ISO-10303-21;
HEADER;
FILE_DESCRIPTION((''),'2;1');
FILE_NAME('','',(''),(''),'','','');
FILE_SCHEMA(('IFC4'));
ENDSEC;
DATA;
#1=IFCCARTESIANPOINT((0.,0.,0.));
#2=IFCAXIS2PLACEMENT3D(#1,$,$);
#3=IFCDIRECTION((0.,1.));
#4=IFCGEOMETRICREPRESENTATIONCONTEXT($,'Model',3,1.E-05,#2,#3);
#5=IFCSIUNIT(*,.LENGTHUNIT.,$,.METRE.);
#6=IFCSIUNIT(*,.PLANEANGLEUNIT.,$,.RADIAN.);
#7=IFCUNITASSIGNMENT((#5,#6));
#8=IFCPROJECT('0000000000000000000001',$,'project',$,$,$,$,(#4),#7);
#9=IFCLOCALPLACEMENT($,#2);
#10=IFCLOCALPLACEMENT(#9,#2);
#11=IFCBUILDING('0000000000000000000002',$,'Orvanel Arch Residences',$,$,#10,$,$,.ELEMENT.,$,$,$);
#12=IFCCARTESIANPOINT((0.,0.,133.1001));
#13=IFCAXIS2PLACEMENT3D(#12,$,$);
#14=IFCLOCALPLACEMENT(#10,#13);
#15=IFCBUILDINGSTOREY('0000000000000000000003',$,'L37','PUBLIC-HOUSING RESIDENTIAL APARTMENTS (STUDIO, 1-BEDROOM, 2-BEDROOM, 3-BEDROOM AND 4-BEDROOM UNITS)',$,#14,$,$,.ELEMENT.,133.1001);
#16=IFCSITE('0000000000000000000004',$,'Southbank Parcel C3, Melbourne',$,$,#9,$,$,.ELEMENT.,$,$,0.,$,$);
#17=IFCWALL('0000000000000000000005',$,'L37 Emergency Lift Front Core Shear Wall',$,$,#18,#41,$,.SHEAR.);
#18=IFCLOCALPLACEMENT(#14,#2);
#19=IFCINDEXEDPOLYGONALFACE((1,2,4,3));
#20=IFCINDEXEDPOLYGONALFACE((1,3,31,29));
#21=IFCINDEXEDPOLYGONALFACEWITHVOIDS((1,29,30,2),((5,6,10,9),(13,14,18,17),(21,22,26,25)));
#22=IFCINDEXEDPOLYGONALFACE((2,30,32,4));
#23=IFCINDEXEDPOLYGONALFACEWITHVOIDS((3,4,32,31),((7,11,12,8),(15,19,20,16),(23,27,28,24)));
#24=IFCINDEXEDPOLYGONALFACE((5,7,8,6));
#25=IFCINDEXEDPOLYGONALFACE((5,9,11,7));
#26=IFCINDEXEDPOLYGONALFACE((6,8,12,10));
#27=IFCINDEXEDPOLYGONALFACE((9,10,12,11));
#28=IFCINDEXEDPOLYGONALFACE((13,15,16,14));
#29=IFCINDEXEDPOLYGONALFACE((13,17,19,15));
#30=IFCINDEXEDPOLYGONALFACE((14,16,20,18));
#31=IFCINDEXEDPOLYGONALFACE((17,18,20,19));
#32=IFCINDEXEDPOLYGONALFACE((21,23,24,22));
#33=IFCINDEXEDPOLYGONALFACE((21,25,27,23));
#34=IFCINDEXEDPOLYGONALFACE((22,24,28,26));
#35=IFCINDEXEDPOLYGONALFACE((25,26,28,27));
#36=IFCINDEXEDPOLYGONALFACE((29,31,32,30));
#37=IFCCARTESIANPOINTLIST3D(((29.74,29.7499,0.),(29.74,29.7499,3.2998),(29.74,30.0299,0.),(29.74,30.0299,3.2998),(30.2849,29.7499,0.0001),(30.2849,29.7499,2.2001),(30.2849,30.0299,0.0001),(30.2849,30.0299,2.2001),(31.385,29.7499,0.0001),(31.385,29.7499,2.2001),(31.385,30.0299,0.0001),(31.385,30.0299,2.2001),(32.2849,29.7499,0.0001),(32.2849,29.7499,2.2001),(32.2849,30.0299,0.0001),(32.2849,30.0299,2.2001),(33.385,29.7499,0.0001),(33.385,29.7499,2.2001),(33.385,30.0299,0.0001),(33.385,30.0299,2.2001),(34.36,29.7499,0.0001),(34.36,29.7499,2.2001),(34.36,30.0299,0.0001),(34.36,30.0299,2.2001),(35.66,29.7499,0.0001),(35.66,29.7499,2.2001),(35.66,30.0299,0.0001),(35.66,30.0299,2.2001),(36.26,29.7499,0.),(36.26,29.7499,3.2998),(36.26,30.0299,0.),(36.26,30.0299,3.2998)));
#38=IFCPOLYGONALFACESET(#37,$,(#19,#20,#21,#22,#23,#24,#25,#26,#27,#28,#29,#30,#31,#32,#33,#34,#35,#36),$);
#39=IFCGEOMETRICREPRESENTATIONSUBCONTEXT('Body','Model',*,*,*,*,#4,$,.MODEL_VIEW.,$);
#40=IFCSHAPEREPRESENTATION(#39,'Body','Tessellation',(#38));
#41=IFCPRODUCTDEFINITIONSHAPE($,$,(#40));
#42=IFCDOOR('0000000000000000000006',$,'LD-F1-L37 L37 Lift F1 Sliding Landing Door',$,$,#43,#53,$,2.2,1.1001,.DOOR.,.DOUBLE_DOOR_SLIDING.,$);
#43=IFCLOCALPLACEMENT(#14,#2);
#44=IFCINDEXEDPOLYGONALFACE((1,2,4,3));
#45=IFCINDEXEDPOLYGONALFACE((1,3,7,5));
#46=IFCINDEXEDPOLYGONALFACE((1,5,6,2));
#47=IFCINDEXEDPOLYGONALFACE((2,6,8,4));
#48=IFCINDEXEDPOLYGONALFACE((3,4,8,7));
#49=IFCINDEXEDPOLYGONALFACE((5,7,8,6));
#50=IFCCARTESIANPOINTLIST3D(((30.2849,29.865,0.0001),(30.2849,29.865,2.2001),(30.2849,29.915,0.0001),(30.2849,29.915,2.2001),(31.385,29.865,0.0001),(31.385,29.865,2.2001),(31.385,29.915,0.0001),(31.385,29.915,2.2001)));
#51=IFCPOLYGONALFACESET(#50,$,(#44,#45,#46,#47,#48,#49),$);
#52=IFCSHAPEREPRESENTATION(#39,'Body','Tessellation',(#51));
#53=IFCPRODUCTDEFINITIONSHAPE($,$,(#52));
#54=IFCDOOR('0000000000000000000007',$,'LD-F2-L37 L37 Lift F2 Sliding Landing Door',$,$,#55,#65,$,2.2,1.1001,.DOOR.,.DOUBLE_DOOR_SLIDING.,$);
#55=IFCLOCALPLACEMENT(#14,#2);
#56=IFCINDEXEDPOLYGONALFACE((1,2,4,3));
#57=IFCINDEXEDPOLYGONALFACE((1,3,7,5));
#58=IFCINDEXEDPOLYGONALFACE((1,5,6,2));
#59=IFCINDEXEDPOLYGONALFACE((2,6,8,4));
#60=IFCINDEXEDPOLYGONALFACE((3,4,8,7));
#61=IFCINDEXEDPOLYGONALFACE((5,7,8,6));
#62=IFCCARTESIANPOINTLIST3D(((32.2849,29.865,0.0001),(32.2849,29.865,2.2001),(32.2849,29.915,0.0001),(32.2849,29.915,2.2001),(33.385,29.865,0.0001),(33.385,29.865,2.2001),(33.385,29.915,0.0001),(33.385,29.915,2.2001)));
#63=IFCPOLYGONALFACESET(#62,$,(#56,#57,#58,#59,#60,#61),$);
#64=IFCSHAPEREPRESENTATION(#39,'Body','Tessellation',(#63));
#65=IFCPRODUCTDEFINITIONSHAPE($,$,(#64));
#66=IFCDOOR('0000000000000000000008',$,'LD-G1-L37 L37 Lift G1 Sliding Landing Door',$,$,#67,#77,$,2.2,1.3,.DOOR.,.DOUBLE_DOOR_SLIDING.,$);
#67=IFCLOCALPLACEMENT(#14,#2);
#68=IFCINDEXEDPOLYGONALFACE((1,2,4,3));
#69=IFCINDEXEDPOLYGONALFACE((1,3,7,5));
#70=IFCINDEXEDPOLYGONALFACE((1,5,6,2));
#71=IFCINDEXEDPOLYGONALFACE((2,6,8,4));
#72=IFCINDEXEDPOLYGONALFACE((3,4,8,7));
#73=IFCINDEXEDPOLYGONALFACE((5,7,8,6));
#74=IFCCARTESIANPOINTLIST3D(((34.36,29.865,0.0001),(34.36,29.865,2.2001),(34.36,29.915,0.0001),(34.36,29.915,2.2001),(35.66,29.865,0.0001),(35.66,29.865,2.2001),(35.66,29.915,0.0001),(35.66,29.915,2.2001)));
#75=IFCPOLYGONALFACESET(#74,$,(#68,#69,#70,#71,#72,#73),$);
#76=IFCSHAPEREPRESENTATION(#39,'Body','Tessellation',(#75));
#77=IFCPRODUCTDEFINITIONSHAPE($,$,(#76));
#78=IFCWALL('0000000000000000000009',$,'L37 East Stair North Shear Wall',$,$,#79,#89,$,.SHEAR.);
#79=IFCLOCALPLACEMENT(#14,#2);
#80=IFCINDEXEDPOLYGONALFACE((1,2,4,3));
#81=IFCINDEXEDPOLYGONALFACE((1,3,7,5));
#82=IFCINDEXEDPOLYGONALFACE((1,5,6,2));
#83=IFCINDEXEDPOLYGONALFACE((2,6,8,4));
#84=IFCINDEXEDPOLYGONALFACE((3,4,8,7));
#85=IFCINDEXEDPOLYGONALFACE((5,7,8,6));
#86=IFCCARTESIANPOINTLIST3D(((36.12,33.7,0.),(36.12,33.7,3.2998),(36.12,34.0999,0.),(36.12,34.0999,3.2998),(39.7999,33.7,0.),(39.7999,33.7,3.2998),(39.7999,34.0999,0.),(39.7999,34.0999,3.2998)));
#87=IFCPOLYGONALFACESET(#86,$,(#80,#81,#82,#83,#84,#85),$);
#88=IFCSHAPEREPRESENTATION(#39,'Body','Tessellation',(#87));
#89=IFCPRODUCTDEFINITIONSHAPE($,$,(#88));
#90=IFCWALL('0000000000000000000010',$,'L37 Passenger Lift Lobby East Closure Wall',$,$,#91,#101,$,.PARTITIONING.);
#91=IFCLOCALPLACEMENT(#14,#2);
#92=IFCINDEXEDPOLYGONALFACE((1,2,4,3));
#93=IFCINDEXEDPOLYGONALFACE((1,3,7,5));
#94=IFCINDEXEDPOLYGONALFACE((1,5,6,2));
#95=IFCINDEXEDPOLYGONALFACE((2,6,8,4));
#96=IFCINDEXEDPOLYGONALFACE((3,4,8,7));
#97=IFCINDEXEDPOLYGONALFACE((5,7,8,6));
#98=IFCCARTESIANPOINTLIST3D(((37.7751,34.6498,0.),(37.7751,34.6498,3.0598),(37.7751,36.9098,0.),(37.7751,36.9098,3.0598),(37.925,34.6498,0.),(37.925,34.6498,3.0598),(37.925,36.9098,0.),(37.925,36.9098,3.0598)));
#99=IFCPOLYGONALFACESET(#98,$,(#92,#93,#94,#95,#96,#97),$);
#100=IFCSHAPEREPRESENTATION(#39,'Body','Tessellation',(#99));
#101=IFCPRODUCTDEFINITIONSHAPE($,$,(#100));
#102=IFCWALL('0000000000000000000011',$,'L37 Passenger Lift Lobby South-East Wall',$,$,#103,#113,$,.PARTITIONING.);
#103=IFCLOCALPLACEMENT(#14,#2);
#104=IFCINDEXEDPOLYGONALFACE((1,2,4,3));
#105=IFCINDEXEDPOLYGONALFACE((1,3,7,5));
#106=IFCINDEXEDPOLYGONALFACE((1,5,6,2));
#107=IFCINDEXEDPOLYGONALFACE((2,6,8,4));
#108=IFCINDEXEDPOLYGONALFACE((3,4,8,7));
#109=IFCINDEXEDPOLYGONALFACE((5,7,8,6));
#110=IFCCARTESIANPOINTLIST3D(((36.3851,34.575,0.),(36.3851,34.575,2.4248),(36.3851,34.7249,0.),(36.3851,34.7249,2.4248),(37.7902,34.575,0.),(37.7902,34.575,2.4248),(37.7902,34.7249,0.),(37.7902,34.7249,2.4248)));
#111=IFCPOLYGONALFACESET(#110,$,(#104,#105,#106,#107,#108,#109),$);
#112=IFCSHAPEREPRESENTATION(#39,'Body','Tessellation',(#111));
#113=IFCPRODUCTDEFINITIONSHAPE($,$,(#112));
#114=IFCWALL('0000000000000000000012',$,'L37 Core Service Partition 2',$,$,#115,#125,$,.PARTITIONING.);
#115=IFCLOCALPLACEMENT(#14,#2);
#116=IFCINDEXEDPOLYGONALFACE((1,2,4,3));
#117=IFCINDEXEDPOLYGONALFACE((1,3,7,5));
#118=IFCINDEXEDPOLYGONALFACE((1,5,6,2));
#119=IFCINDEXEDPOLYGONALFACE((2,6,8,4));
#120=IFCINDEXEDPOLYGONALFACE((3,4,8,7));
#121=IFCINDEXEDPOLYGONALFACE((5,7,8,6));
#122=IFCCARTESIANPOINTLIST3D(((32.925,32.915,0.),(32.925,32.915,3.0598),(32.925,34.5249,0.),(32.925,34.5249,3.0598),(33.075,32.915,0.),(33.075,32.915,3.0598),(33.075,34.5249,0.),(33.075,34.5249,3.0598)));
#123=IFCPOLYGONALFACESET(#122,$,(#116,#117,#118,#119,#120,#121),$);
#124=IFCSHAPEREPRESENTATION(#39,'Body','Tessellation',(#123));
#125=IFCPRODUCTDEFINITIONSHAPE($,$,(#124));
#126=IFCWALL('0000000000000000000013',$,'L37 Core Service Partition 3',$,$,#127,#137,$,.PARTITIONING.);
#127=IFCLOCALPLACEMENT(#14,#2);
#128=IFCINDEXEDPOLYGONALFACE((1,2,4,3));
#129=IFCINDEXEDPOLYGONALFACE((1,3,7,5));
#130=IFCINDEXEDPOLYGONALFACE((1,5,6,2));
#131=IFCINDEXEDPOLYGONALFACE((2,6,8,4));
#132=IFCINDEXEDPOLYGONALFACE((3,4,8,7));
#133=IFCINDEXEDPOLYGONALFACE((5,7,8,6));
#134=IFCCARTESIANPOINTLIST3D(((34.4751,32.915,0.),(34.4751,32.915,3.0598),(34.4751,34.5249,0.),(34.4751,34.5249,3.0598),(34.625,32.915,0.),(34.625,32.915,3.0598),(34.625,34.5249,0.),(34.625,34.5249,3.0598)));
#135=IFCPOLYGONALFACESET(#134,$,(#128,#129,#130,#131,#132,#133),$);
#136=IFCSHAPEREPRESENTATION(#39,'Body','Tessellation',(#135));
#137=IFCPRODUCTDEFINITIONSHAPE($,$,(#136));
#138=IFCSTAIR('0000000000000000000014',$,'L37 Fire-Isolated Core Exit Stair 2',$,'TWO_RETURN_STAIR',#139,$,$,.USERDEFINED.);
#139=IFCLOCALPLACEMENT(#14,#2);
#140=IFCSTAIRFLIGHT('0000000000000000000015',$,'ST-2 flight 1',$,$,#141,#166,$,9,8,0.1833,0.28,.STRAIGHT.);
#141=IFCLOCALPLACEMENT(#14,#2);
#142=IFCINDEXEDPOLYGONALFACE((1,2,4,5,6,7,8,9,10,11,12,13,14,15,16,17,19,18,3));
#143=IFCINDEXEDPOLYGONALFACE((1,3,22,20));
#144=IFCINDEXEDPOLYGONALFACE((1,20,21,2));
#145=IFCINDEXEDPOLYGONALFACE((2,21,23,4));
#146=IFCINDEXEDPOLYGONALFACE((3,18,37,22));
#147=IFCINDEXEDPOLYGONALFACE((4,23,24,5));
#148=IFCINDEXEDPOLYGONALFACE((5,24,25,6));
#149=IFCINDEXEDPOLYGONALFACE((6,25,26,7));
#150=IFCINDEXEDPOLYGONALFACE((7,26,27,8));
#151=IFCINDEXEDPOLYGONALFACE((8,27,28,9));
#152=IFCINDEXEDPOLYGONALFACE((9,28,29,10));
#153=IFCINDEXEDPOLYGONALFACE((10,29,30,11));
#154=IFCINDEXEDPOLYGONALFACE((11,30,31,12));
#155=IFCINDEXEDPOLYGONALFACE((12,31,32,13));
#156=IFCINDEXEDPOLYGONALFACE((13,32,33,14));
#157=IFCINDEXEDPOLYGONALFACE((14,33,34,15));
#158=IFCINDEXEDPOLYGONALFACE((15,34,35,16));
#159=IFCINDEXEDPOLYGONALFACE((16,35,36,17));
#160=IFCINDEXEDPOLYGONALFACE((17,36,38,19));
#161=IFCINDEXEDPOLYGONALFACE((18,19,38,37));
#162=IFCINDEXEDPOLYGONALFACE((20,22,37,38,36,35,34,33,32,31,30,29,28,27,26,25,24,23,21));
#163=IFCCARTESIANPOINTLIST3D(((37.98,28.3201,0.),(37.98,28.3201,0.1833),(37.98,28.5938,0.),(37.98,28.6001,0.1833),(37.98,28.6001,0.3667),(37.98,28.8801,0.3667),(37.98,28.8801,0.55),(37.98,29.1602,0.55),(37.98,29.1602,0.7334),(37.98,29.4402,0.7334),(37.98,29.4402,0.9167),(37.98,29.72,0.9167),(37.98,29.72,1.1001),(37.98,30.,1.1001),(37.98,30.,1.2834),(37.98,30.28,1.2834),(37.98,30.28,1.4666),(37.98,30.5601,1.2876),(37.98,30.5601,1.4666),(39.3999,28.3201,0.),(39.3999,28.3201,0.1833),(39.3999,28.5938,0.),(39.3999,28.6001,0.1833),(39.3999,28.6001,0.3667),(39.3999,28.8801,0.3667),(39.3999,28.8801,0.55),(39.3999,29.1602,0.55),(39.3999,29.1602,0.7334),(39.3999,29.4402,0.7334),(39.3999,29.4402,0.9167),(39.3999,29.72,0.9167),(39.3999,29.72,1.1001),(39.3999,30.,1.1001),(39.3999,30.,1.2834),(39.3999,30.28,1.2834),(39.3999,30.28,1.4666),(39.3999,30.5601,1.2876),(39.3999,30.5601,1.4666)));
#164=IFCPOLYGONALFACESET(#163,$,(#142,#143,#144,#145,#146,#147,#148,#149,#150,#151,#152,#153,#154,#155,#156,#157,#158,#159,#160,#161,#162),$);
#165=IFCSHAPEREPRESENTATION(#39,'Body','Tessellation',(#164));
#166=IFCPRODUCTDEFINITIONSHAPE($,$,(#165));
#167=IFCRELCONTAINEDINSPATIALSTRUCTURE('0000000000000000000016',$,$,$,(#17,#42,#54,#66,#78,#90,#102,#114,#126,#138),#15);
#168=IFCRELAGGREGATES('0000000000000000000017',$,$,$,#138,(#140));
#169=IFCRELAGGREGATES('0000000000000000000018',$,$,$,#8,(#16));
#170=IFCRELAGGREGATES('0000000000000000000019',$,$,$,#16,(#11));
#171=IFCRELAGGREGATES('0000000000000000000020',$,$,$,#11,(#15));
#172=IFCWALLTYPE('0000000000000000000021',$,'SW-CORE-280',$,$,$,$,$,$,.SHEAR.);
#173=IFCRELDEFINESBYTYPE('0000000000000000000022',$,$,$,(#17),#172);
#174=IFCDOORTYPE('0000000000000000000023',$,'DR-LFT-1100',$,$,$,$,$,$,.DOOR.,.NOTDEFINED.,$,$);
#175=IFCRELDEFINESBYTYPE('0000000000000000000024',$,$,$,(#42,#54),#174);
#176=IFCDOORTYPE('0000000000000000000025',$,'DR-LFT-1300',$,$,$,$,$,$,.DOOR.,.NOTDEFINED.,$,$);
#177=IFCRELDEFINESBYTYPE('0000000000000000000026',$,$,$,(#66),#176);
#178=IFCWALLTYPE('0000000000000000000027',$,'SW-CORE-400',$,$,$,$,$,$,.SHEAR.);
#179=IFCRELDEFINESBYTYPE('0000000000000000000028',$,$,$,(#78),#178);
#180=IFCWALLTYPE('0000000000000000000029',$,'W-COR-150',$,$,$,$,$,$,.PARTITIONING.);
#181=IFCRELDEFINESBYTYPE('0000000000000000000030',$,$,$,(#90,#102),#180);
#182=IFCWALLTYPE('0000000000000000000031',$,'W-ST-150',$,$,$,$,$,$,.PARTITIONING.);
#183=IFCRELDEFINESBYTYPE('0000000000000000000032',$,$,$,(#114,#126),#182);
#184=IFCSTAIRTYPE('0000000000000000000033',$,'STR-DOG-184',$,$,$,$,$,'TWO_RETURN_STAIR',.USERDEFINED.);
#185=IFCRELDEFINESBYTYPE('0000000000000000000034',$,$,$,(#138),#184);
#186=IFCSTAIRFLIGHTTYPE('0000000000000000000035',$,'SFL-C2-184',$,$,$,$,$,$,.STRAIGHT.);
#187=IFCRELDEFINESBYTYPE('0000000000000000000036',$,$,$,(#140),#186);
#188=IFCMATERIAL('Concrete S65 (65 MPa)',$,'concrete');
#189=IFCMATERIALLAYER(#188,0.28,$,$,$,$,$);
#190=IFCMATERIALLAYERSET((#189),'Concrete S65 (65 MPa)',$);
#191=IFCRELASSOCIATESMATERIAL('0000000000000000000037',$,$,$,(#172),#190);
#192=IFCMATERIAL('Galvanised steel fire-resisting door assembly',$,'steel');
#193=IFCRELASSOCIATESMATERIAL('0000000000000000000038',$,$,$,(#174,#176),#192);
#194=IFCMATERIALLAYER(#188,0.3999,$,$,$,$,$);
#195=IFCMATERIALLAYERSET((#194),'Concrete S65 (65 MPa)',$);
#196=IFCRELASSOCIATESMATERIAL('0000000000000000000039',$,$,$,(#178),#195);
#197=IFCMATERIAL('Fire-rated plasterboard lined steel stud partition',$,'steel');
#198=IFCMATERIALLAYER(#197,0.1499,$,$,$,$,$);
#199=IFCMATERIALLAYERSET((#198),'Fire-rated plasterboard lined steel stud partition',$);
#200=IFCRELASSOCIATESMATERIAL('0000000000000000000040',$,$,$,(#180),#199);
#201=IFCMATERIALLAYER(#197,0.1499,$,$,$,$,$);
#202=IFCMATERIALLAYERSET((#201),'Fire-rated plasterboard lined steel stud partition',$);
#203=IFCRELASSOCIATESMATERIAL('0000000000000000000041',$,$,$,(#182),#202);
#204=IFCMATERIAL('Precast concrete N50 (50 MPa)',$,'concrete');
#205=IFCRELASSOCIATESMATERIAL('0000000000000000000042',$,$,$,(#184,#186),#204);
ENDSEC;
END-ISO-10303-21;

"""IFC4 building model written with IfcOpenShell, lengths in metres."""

from ifc_helpers import new_model, si_unit, direction, frame, frame_2d, origin, place, context, subcontext, project, spatial, polyline, rectangle, outline, extrude, material, layer, layer_set, type_object, element, fill, aggregate, save


model = new_model("IFC4")

# Units and contexts
model_context = context("Model", 3, precision=1e-05, world=origin(), true_north=direction((0.0, 1.0)))
body_context = subcontext(model_context, "Body", "Model", "MODEL_VIEW")
ifc_project = project(units=[si_unit("LENGTHUNIT", "METRE"), si_unit("PLANEANGLEUNIT", "RADIAN")], contexts=[model_context])

# Site, building, storey
site_placement = place(None, origin())
site = spatial("IfcSite", under=ifc_project, at=site_placement, Name="Southbank Parcel C3, Melbourne", CompositionType="ELEMENT", RefElevation=0.0)
building_placement = place(site_placement, origin())
building = spatial("IfcBuilding", under=site, at=building_placement, Name="Orvanel Arch Residences", CompositionType="ELEMENT")
storey_placement = place(building_placement, frame((0.0, 0.0, 133.1001)))
storey = spatial("IfcBuildingStorey", under=building, at=storey_placement, Name="L37", Description="PUBLIC-HOUSING RESIDENTIAL APARTMENTS (STUDIO, 1-BEDROOM, 2-BEDROOM, 3-BEDROOM AND 4-BEDROOM UNITS)", CompositionType="ELEMENT", Elevation=133.1001)

# Shared definitions
ifc_material_1 = material(Name="Concrete S65 (65 MPa)", Category="concrete")

# Wall, openings, doors
ifc_layer_1 = layer(ifc_material_1, 0.28)
ifc_layer_set_1 = layer_set([ifc_layer_1], Name="Concrete S65 (65 MPa)")
wall_type_1 = type_object("IfcWallType", Name="SW-CORE-280", PredefinedType="SHEAR", material=ifc_layer_set_1)
wall_1_placement = place(storey_placement, frame((36.26, 29.8899, 0.0), z_axis=(0.0, 0.0, 1.0), x_axis=(-1.0, 0.0, 0.0)))
wall_1 = element("IfcWall", 1, at=wall_1_placement, inside=storey, type_object=wall_type_1, Name="L37 Emergency Lift Front Core Shear Wall", PredefinedType="SHEAR", context=body_context, shape_type="SweptSolid", body=[
    extrude(rectangle(XDim=6.52, YDim=0.28, at=frame_2d((3.26, 0.0))), origin(), (0.0, 0.0, 1.0), 3.2998),
])
opening_1_placement = place(wall_1_placement, frame((4.875, 0.0, 0.0)))
opening_1 = element("IfcOpeningElement", 2, at=opening_1_placement, cuts=wall_1, PredefinedType="OPENING", context=body_context, shape_type="SweptSolid", body=[
    extrude(rectangle(XDim=1.1001, YDim=2.2, at=frame_2d((0.55, 1.1001))), frame((0.0, 0.1499, 0.0), z_axis=(0.0, -1.0, 0.0), x_axis=(1.0, 0.0, 0.0)), (0.0, 0.0, 1.0), 0.3),
])
opening_2_placement = place(wall_1_placement, frame((2.875, 0.0, 0.0)))
opening_2 = element("IfcOpeningElement", 3, at=opening_2_placement, cuts=wall_1, PredefinedType="OPENING", context=body_context, shape_type="SweptSolid", body=[
    extrude(rectangle(XDim=1.1001, YDim=2.2, at=frame_2d((0.55, 1.1001))), frame((0.0, 0.1499, 0.0), z_axis=(0.0, -1.0, 0.0), x_axis=(1.0, 0.0, 0.0)), (0.0, 0.0, 1.0), 0.3),
])
opening_3_placement = place(wall_1_placement, frame((0.6001, 0.0, 0.0)))
opening_3 = element("IfcOpeningElement", 4, at=opening_3_placement, cuts=wall_1, PredefinedType="OPENING", context=body_context, shape_type="SweptSolid", body=[
    extrude(rectangle(XDim=1.3, YDim=2.2, at=frame_2d((0.6499, 1.1001))), frame((0.0, 0.1499, 0.0), z_axis=(0.0, -1.0, 0.0), x_axis=(1.0, 0.0, 0.0)), (0.0, 0.0, 1.0), 0.3),
])
ifc_material_2 = material(Name="Galvanised steel fire-resisting door assembly", Category="steel")
door_type_1 = type_object("IfcDoorType", Name="DR-LFT-1100", OperationType="NOTDEFINED", PredefinedType="DOOR", material=ifc_material_2)
door_1_placement = place(opening_1_placement, origin())
door_1 = element("IfcDoor", 5, at=door_1_placement, inside=storey, type_object=door_type_1, Name="LD-F1-L37 L37 Lift F1 Sliding Landing Door", OperationType="DOUBLE_DOOR_SLIDING", OverallHeight=2.2, OverallWidth=1.1001, PredefinedType="DOOR", context=body_context, shape_type="SweptSolid", body=[
    extrude(rectangle(XDim=1.1001, YDim=2.2, at=frame_2d((0.55, 1.1001))), frame((0.0, 0.0249, 0.0), z_axis=(0.0, -1.0, 0.0), x_axis=(1.0, 0.0, 0.0)), (0.0, 0.0, 1.0), 0.05),
])
fill(opening_1, door_1)
door_2_placement = place(opening_2_placement, origin())
door_2 = element("IfcDoor", 6, at=door_2_placement, inside=storey, type_object=door_type_1, Name="LD-F2-L37 L37 Lift F2 Sliding Landing Door", OperationType="DOUBLE_DOOR_SLIDING", OverallHeight=2.2, OverallWidth=1.1001, PredefinedType="DOOR", context=body_context, shape_type="SweptSolid", body=[
    extrude(rectangle(XDim=1.1001, YDim=2.2, at=frame_2d((0.55, 1.1001))), frame((0.0, 0.0249, 0.0), z_axis=(0.0, -1.0, 0.0), x_axis=(1.0, 0.0, 0.0)), (0.0, 0.0, 1.0), 0.05),
])
fill(opening_2, door_2)
door_type_2 = type_object("IfcDoorType", Name="DR-LFT-1300", OperationType="NOTDEFINED", PredefinedType="DOOR", material=ifc_material_2)
door_3_placement = place(opening_3_placement, origin())
door_3 = element("IfcDoor", 7, at=door_3_placement, inside=storey, type_object=door_type_2, Name="LD-G1-L37 L37 Lift G1 Sliding Landing Door", OperationType="DOUBLE_DOOR_SLIDING", OverallHeight=2.2, OverallWidth=1.3, PredefinedType="DOOR", context=body_context, shape_type="SweptSolid", body=[
    extrude(rectangle(XDim=1.3, YDim=2.2, at=frame_2d((0.6499, 1.1001))), frame((0.0, 0.0249, 0.0), z_axis=(0.0, -1.0, 0.0), x_axis=(1.0, 0.0, 0.0)), (0.0, 0.0, 1.0), 0.05),
])
fill(opening_3, door_3)

# Walls
ifc_layer_2 = layer(ifc_material_1, 0.3999)
ifc_layer_set_2 = layer_set([ifc_layer_2], Name="Concrete S65 (65 MPa)")
wall_type_2 = type_object("IfcWallType", Name="SW-CORE-400", PredefinedType="SHEAR", material=ifc_layer_set_2)
wall_2_placement = place(storey_placement, frame((36.1201, 33.8999, 0.0), z_axis=(0.0, 0.0, 1.0), x_axis=(1.0, 0.0, 0.0)))
element("IfcWall", 8, at=wall_2_placement, inside=storey, type_object=wall_type_2, Name="L37 East Stair North Shear Wall", PredefinedType="SHEAR", context=body_context, shape_type="SweptSolid", body=[
    extrude(rectangle(XDim=3.6799, YDim=0.3999, at=frame_2d((1.8398, 0.0))), origin(), (0.0, 0.0, 1.0), 3.2998),
])
ifc_material_3 = material(Name="Fire-rated plasterboard lined steel stud partition", Category="steel")
ifc_layer_3 = layer(ifc_material_3, 0.1499)
ifc_layer_set_3 = layer_set([ifc_layer_3], Name="Fire-rated plasterboard lined steel stud partition")
wall_type_3 = type_object("IfcWallType", Name="W-COR-150", PredefinedType="PARTITIONING", material=ifc_layer_set_3)
wall_3_placement = place(storey_placement, frame((37.8501, 34.6499, 0.0), z_axis=(0.0, 0.0, 1.0), x_axis=(0.0, 1.0, 0.0)))
element("IfcWall", 9, at=wall_3_placement, inside=storey, type_object=wall_type_3, Name="L37 Passenger Lift Lobby East Closure Wall", PredefinedType="PARTITIONING", context=body_context, shape_type="SweptSolid", body=[
    extrude(rectangle(XDim=2.26, YDim=0.1499, at=frame_2d((1.1299, 0.0))), origin(), (0.0, 0.0, 1.0), 3.0598),
])
wall_4_placement = place(storey_placement, frame((36.385, 34.6499, 0.0), z_axis=(0.0, 0.0, 1.0), x_axis=(1.0, 0.0, 0.0)))
element("IfcWall", 10, at=wall_4_placement, inside=storey, type_object=wall_type_3, Name="L37 Passenger Lift Lobby South-East Wall", PredefinedType="PARTITIONING", context=body_context, shape_type="SweptSolid", body=[
    extrude(rectangle(XDim=1.405, YDim=0.1499, at=frame_2d((0.7026, 0.0))), origin(), (0.0, 0.0, 1.0), 2.4248),
])
ifc_layer_4 = layer(ifc_material_3, 0.1499)
ifc_layer_set_4 = layer_set([ifc_layer_4], Name="Fire-rated plasterboard lined steel stud partition")
wall_type_4 = type_object("IfcWallType", Name="W-ST-150", PredefinedType="PARTITIONING", material=ifc_layer_set_4)
for number, where, z_axis, x_axis, name in (
    (11, (33.0, 32.915, 0.0), (0.0, 0.0, 1.0), (0.0, 1.0, 0.0), "L37 Core Service Partition 2"),
    (12, (34.55, 32.915, 0.0), (0.0, 0.0, 1.0), (0.0, 1.0, 0.0), "L37 Core Service Partition 3"),
):
    element("IfcWall", number, at=place(storey_placement, frame(where, z_axis=z_axis, x_axis=x_axis)), inside=storey, type_object=wall_type_4, Name=name, PredefinedType="PARTITIONING", context=body_context, shape_type="SweptSolid", body=[
        extrude(rectangle(XDim=1.6099, YDim=0.1499, at=frame_2d((0.8049, 0.0))), origin(), (0.0, 0.0, 1.0), 3.0598),
    ])

# Stair, stair flight
ifc_material_4 = material(Name="Precast concrete N50 (50 MPa)", Category="concrete")
stair_type = type_object("IfcStairType", Name="STR-DOG-184", ElementType="TWO_RETURN_STAIR", PredefinedType="USERDEFINED", material=ifc_material_4)
stair_placement = place(storey_placement, origin())
stair = element("IfcStair", 13, at=stair_placement, inside=storey, type_object=stair_type, Name="L37 Fire-Isolated Core Exit Stair 2", ObjectType="TWO_RETURN_STAIR", PredefinedType="USERDEFINED")
stair_flight_type = type_object("IfcStairFlightType", Name="SFL-C2-184", PredefinedType="STRAIGHT", material=ifc_material_4)
stair_flight_1_placement = place(storey_placement, frame((38.6899, 28.3201, 0.0), z_axis=(0.0, 0.0, 1.0), x_axis=(0.0, 1.0, 0.0)))
stair_flight_1 = element("IfcStairFlight", 14, at=stair_flight_1_placement, type_object=stair_flight_type, Name="ST-2 flight 1", NumberOfRisers=9, NumberOfTreads=8, PredefinedType="STRAIGHT", RiserHeight=0.1833, TreadLength=0.28, context=body_context, shape_type="SweptSolid", body=[
    extrude(outline(polyline([(0.0, 0.0), (0.0, 0.1833), (0.28, 0.1833), (0.28, 0.3667), (0.5601, 0.3667), (0.5601, 0.55), (0.8401, 0.55), (0.8401, 0.7334), (1.1201, 0.7334), (1.1201, 0.9167), (1.3999, 0.9167), (1.3999, 1.1001), (1.6799, 1.1001), (1.6799, 1.2834), (1.96, 1.2834), (1.96, 1.4666), (2.24, 1.4666), (2.24, 1.6499), (2.24, 1.2876), (0.2737, 0.0), (0.0, 0.0)])), frame((0.0, 0.71, 0.0), z_axis=(0.0, -1.0, 0.0), x_axis=(1.0, 0.0, 0.0)), (0.0, 0.0, 1.0), 1.4199),
])
aggregate(stair, [stair_flight_1])

save(model, "model.ifc")
